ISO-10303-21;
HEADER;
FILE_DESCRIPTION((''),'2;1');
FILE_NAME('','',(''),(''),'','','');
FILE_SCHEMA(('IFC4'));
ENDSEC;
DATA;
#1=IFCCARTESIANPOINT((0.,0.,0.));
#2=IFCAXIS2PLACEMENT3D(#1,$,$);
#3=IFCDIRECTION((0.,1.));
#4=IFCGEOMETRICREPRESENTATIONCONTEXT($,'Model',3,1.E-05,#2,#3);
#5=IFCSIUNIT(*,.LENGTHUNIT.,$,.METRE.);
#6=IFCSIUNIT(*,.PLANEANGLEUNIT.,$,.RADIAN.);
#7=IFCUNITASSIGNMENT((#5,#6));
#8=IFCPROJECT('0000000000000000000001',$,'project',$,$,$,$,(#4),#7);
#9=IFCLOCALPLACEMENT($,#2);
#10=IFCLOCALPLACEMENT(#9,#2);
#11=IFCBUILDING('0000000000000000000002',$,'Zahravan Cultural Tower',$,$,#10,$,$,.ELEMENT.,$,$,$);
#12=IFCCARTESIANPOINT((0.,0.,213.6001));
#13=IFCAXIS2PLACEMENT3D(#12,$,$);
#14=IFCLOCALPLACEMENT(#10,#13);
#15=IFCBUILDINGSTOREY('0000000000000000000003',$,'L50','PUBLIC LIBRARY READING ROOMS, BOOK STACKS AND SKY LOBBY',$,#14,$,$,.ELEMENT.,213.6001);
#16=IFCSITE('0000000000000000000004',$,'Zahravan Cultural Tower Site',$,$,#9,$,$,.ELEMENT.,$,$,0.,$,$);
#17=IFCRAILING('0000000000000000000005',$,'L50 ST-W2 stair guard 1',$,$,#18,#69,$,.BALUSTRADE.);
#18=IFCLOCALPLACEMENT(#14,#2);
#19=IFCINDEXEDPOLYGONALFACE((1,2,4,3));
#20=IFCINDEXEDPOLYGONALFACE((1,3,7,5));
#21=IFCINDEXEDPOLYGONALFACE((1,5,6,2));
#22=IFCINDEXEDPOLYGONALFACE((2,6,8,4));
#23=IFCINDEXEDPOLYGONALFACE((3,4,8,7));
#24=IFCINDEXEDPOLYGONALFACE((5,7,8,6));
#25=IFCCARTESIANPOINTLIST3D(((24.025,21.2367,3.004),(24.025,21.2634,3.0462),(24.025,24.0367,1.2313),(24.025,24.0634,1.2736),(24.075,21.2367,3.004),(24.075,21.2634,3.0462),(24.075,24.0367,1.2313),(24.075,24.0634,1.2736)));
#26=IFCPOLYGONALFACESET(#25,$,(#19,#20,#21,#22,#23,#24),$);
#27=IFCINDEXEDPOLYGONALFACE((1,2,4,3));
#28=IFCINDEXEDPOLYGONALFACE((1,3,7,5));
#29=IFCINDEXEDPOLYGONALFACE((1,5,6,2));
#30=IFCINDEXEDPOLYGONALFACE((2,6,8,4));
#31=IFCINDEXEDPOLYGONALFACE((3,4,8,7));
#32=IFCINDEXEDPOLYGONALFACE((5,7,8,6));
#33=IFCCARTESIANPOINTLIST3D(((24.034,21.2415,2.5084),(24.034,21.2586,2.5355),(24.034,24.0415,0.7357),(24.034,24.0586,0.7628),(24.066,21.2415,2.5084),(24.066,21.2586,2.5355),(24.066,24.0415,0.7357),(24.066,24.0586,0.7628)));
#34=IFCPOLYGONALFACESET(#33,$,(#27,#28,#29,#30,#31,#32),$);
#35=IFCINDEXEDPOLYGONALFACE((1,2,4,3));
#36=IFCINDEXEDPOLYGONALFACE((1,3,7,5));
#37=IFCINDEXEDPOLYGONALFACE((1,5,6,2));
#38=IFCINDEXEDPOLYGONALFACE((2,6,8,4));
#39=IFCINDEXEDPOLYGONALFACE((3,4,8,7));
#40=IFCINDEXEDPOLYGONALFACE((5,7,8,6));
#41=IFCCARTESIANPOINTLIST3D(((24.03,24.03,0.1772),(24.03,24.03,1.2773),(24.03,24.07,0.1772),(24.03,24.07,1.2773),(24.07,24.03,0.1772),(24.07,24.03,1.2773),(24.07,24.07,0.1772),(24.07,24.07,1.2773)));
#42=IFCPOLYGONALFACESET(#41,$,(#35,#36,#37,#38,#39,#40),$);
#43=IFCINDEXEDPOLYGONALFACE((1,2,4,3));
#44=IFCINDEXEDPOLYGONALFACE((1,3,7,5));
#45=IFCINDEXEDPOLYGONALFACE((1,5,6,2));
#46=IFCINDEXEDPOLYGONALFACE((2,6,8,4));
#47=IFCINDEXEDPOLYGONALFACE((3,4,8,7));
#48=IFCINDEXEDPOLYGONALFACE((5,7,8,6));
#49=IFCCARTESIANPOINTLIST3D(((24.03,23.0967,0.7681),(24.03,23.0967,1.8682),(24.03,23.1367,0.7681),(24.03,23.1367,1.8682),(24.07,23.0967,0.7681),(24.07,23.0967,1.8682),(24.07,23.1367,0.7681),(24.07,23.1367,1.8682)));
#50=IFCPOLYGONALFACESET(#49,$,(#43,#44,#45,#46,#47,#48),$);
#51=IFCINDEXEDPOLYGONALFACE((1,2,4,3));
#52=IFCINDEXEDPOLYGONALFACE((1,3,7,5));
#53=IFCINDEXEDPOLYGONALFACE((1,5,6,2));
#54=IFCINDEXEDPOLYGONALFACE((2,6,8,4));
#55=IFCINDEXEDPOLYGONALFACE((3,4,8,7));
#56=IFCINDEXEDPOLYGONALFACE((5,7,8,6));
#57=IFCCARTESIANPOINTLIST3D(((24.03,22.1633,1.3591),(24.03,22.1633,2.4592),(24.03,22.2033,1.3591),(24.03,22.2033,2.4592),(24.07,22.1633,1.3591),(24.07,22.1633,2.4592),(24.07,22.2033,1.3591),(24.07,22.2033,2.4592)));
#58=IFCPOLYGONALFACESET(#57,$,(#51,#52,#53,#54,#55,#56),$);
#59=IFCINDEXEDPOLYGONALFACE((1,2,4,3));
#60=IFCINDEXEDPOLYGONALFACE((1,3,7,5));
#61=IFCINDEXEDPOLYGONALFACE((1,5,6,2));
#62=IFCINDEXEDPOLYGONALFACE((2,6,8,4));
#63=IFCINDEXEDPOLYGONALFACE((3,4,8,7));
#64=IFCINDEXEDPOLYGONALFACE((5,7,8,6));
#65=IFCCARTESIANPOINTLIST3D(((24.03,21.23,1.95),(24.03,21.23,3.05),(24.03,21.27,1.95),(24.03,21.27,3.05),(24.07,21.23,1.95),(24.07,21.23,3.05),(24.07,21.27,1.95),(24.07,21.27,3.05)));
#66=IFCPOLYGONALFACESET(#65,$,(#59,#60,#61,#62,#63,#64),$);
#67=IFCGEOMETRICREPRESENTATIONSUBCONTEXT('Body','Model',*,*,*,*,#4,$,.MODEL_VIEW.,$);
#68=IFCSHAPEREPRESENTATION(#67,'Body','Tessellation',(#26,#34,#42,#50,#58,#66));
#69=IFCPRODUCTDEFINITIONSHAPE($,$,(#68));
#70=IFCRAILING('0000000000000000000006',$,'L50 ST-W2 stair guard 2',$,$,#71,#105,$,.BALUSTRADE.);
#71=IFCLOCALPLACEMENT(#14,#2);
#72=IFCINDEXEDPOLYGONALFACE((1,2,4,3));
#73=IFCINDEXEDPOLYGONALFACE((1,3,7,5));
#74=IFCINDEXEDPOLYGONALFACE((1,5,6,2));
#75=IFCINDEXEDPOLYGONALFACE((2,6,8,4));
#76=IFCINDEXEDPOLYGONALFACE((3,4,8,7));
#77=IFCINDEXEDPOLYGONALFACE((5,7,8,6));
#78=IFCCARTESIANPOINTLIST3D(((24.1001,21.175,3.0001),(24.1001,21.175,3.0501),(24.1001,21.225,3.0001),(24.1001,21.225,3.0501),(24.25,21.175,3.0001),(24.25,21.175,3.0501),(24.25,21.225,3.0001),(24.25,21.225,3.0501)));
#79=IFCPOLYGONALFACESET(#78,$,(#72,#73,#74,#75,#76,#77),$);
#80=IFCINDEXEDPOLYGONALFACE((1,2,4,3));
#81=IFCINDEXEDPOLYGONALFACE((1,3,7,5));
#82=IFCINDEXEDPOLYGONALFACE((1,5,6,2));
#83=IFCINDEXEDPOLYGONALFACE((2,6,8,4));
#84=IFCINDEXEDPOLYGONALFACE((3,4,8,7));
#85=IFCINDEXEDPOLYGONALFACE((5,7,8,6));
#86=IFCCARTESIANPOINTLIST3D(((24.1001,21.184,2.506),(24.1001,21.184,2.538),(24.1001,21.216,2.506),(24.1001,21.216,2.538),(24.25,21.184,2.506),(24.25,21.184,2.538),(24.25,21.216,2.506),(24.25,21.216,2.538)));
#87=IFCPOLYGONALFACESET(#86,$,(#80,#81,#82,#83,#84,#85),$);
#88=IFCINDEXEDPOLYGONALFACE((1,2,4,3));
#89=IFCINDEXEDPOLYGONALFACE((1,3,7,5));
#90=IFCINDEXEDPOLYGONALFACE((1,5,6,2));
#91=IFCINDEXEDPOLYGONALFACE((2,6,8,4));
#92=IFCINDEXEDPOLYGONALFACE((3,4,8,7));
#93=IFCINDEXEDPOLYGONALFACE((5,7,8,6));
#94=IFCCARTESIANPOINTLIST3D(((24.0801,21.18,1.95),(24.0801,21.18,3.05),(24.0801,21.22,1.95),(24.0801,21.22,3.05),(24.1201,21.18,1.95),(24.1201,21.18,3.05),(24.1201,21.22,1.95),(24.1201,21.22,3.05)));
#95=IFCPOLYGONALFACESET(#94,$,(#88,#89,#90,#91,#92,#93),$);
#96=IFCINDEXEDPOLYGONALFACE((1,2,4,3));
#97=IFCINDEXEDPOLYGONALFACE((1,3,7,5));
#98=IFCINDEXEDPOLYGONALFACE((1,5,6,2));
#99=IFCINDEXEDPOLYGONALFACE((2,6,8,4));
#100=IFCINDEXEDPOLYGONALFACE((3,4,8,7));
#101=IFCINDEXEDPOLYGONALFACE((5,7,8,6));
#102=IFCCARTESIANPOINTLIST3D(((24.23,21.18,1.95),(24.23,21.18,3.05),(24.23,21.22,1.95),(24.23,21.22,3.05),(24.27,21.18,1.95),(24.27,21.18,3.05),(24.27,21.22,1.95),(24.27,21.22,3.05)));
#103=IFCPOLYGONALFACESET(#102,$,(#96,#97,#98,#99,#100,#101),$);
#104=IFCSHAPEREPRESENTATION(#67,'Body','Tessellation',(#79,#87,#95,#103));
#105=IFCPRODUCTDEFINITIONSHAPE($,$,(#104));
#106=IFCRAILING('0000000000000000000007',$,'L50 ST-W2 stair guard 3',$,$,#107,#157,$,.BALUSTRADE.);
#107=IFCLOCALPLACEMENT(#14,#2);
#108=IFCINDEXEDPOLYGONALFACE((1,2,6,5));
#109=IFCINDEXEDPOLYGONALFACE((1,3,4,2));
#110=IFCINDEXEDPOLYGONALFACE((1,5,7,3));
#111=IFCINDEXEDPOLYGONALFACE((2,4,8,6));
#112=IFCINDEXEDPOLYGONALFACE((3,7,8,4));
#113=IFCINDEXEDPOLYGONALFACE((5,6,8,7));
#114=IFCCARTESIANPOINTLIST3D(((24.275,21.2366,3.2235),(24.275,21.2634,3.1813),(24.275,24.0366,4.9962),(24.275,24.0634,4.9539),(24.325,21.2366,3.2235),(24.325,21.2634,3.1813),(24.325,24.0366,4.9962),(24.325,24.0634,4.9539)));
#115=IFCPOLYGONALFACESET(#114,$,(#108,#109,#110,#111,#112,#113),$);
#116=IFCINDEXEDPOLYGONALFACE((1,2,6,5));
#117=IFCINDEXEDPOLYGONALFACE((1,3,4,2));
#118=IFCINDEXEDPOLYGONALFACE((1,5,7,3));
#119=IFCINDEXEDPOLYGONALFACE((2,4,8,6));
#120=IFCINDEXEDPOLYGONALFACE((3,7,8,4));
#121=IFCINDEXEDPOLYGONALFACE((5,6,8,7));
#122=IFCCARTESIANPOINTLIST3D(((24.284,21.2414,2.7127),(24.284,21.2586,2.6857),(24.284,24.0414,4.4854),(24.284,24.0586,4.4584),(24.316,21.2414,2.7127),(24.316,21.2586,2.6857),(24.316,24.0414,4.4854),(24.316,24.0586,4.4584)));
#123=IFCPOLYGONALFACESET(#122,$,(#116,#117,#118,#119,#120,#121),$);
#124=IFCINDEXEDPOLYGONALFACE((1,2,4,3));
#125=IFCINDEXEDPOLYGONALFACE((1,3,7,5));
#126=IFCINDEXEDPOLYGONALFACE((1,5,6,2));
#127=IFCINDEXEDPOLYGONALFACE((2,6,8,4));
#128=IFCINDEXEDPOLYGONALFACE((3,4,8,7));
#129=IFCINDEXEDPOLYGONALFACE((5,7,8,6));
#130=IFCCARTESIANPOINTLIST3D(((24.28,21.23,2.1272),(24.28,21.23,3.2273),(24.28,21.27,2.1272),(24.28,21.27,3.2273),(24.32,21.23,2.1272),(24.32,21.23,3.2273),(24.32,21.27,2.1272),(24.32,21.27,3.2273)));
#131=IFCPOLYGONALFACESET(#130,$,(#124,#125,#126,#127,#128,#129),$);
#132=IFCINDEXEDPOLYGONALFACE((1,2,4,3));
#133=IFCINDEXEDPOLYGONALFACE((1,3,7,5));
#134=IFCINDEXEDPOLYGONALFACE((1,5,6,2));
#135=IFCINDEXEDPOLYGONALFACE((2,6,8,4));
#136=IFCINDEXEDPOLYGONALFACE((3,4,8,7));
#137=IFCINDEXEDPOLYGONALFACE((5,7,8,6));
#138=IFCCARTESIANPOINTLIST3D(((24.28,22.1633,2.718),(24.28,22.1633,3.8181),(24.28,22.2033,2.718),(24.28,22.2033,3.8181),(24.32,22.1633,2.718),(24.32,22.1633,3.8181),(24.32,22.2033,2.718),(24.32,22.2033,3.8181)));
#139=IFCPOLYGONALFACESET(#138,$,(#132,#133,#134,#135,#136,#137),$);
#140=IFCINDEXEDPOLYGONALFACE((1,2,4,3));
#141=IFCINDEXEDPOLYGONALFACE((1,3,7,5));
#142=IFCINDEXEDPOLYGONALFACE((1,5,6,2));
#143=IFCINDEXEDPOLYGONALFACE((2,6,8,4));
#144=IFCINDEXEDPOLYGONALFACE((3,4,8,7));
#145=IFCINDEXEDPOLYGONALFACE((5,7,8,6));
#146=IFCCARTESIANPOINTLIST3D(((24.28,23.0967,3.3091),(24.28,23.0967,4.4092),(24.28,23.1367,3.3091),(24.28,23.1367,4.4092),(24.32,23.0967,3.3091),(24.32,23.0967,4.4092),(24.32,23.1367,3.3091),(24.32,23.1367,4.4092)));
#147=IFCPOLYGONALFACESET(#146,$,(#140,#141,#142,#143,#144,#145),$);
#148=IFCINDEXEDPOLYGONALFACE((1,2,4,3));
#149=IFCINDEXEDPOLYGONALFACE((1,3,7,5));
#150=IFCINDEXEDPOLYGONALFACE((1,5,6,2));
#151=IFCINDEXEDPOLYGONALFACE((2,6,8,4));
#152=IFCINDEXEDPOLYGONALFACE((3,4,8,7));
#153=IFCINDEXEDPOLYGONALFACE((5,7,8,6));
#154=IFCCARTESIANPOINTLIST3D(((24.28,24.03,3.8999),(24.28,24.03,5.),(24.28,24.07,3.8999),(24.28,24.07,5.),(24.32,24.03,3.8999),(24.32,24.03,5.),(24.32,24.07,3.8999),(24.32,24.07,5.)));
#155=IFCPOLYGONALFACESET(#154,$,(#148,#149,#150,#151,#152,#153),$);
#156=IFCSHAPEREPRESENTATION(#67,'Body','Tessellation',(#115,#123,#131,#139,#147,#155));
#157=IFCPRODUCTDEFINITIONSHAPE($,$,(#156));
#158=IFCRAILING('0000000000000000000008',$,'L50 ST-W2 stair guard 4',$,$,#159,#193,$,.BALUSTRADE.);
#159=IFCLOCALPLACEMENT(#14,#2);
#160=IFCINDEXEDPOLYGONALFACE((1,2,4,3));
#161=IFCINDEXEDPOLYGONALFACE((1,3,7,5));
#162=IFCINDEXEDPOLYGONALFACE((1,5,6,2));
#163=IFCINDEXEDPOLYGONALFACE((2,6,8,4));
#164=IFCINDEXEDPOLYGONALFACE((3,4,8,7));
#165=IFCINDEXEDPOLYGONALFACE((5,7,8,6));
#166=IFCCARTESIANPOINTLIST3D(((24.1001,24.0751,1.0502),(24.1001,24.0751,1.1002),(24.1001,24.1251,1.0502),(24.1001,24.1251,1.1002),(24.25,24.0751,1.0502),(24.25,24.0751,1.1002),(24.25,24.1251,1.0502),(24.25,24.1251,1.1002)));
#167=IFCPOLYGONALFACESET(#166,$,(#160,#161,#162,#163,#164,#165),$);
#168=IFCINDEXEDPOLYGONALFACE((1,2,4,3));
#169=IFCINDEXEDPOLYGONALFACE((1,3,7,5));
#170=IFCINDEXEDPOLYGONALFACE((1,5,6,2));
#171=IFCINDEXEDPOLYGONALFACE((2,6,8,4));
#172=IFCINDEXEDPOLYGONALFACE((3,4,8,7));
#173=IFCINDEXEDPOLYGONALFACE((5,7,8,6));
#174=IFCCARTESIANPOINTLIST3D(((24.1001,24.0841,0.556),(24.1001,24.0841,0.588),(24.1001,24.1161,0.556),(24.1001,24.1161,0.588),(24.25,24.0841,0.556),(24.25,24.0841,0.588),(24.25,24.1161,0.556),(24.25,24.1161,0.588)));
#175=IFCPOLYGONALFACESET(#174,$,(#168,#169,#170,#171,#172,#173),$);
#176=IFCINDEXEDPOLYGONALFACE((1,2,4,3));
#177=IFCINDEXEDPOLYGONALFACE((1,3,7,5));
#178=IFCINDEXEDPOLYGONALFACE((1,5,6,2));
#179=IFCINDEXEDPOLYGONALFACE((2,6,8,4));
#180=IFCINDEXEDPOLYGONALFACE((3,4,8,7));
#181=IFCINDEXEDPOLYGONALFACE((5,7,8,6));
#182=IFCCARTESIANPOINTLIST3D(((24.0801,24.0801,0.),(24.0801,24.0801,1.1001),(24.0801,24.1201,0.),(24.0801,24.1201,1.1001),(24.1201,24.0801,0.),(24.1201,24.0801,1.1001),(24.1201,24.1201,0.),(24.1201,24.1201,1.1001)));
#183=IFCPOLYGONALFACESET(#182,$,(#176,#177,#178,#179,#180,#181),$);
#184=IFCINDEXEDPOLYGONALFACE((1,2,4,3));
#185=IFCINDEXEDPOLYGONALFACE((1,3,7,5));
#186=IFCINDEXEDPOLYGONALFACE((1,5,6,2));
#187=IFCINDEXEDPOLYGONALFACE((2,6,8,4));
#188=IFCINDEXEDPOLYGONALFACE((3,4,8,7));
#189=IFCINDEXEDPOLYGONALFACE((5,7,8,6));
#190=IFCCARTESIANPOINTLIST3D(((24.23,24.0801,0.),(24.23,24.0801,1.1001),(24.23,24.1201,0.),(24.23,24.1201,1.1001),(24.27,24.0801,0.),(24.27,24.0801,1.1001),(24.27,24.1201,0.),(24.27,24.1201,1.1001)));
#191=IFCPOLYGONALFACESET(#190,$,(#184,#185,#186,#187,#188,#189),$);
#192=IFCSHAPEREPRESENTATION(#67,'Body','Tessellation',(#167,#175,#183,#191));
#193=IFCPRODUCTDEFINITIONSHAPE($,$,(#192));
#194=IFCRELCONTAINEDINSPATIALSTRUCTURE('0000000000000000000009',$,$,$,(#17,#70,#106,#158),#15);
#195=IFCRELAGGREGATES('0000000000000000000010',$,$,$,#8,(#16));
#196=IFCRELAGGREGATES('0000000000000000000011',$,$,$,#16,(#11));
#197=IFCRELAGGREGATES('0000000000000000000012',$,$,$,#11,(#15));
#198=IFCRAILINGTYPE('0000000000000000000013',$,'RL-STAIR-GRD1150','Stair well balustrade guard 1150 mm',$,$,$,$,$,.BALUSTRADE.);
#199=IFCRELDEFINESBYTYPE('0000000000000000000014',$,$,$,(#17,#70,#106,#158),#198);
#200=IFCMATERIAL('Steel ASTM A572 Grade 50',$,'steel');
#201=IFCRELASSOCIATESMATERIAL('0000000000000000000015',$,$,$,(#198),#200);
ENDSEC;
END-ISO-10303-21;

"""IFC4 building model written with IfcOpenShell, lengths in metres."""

from ifc_helpers import new_model, si_unit, direction, frame, origin, origin_2d, place, context, subcontext, project, spatial, rectangle, extrude, material, type_object, element, save


model = new_model("IFC4")

# Units and contexts
model_context = context("Model", 3, precision=1e-05, world=origin(), true_north=direction((0.0, 1.0)))
body_context = subcontext(model_context, "Body", "Model", "MODEL_VIEW")
ifc_project = project(units=[si_unit("LENGTHUNIT", "METRE"), si_unit("PLANEANGLEUNIT", "RADIAN")], contexts=[model_context])

# Site, building, storey
site_placement = place(None, origin())
site = spatial("IfcSite", under=ifc_project, at=site_placement, Name="Zahravan Cultural Tower Site", CompositionType="ELEMENT", RefElevation=0.0)
building_placement = place(site_placement, origin())
building = spatial("IfcBuilding", under=site, at=building_placement, Name="Zahravan Cultural Tower", CompositionType="ELEMENT")
storey_placement = place(building_placement, frame((0.0, 0.0, 213.6001)))
storey = spatial("IfcBuildingStorey", under=building, at=storey_placement, Name="L50", Description="PUBLIC LIBRARY READING ROOMS, BOOK STACKS AND SKY LOBBY", CompositionType="ELEMENT", Elevation=213.6001)

# Railings
ifc_material_1 = material(Name="Steel ASTM A572 Grade 50", Category="steel")
railing_type_1 = type_object("IfcRailingType", Name="RL-STAIR-GRD1150", Description="Stair well balustrade guard 1150 mm", PredefinedType="BALUSTRADE", material=ifc_material_1)
railing_1_placement = place(storey_placement, frame((24.05, 24.05, 0.1772)))
element("IfcRailing", 1, at=railing_1_placement, inside=storey, type_object=railing_type_1, Name="L50 ST-W2 stair guard 1", PredefinedType="BALUSTRADE", context=body_context, shape_type="SweptSolid", body=[
    extrude(rectangle(XDim=0.05, YDim=0.05, at=origin_2d()), frame((0.0, 0.0, 1.0752), z_axis=(0.0, -0.844909, 0.53491), x_axis=(1.0, 0.0, 0.0)), (0.0, 0.0, 1.0), 3.314),
    extrude(rectangle(XDim=0.032, YDim=0.032, at=origin_2d()), frame((0.0, 0.0, 0.572), z_axis=(0.0, -0.844909, 0.53491), x_axis=(1.0, 0.0, 0.0)), (0.0, 0.0, 1.0), 3.314),
    extrude(rectangle(XDim=0.04, YDim=0.04, at=origin_2d()), origin(), (0.0, 0.0, 1.0), 1.1001),
    extrude(rectangle(XDim=0.04, YDim=0.04, at=origin_2d()), frame((0.0, -0.9333, 0.5908)), (0.0, 0.0, 1.0), 1.1001),
    extrude(rectangle(XDim=0.04, YDim=0.04, at=origin_2d()), frame((0.0, -1.8667, 1.1819)), (0.0, 0.0, 1.0), 1.1001),
    extrude(rectangle(XDim=0.04, YDim=0.04, at=origin_2d()), frame((0.0, -2.8, 1.7727)), (0.0, 0.0, 1.0), 1.1001),
])
railing_2_placement = place(storey_placement, frame((24.1001, 21.2, 1.95)))
element("IfcRailing", 2, at=railing_2_placement, inside=storey, type_object=railing_type_1, Name="L50 ST-W2 stair guard 2", PredefinedType="BALUSTRADE", context=body_context, shape_type="SweptSolid", body=[
    extrude(rectangle(XDim=0.05, YDim=0.05, at=origin_2d()), frame((0.0, 0.0, 1.0752), z_axis=(1.0, 0.0, 0.0), x_axis=(0.0, 1.0, 0.0)), (0.0, 0.0, 1.0), 0.1499),
    extrude(rectangle(XDim=0.032, YDim=0.032, at=origin_2d()), frame((0.0, 0.0, 0.572), z_axis=(1.0, 0.0, 0.0), x_axis=(0.0, 1.0, 0.0)), (0.0, 0.0, 1.0), 0.1499),
    extrude(rectangle(XDim=0.04, YDim=0.04, at=origin_2d()), origin(), (0.0, 0.0, 1.0), 1.1001),
    extrude(rectangle(XDim=0.04, YDim=0.04, at=origin_2d()), frame((0.1499, 0.0, 0.0)), (0.0, 0.0, 1.0), 1.1001),
])
railing_3_placement = place(storey_placement, frame((24.3, 21.25, 2.1272)))
element("IfcRailing", 3, at=railing_3_placement, inside=storey, type_object=railing_type_1, Name="L50 ST-W2 stair guard 3", PredefinedType="BALUSTRADE", context=body_context, shape_type="SweptSolid", body=[
    extrude(rectangle(XDim=0.05, YDim=0.05, at=origin_2d()), frame((0.0, 0.0, 1.0752), z_axis=(0.0, 0.844909, 0.53491), x_axis=(-1.0, 0.0, 0.0)), (0.0, 0.0, 1.0), 3.314),
    extrude(rectangle(XDim=0.032, YDim=0.032, at=origin_2d()), frame((0.0, 0.0, 0.572), z_axis=(0.0, 0.844909, 0.53491), x_axis=(-1.0, 0.0, 0.0)), (0.0, 0.0, 1.0), 3.314),
    extrude(rectangle(XDim=0.04, YDim=0.04, at=origin_2d()), origin(), (0.0, 0.0, 1.0), 1.1001),
    extrude(rectangle(XDim=0.04, YDim=0.04, at=origin_2d()), frame((0.0, 0.9333, 0.5908)), (0.0, 0.0, 1.0), 1.1001),
    extrude(rectangle(XDim=0.04, YDim=0.04, at=origin_2d()), frame((0.0, 1.8667, 1.1819)), (0.0, 0.0, 1.0), 1.1001),
    extrude(rectangle(XDim=0.04, YDim=0.04, at=origin_2d()), frame((0.0, 2.8, 1.7727)), (0.0, 0.0, 1.0), 1.1001),
])
railing_4_placement = place(storey_placement, frame((24.1001, 24.1001, 0.0)))
element("IfcRailing", 4, at=railing_4_placement, inside=storey, type_object=railing_type_1, Name="L50 ST-W2 stair guard 4", PredefinedType="BALUSTRADE", context=body_context, shape_type="SweptSolid", body=[
    extrude(rectangle(XDim=0.05, YDim=0.05, at=origin_2d()), frame((0.0, 0.0, 1.0752), z_axis=(1.0, 0.0, 0.0), x_axis=(0.0, 1.0, 0.0)), (0.0, 0.0, 1.0), 0.1499),
    extrude(rectangle(XDim=0.032, YDim=0.032, at=origin_2d()), frame((0.0, 0.0, 0.572), z_axis=(1.0, 0.0, 0.0), x_axis=(0.0, 1.0, 0.0)), (0.0, 0.0, 1.0), 0.1499),
    extrude(rectangle(XDim=0.04, YDim=0.04, at=origin_2d()), origin(), (0.0, 0.0, 1.0), 1.1001),
    extrude(rectangle(XDim=0.04, YDim=0.04, at=origin_2d()), frame((0.1499, 0.0, 0.0)), (0.0, 0.0, 1.0), 1.1001),
])

save(model, "model.ifc")
